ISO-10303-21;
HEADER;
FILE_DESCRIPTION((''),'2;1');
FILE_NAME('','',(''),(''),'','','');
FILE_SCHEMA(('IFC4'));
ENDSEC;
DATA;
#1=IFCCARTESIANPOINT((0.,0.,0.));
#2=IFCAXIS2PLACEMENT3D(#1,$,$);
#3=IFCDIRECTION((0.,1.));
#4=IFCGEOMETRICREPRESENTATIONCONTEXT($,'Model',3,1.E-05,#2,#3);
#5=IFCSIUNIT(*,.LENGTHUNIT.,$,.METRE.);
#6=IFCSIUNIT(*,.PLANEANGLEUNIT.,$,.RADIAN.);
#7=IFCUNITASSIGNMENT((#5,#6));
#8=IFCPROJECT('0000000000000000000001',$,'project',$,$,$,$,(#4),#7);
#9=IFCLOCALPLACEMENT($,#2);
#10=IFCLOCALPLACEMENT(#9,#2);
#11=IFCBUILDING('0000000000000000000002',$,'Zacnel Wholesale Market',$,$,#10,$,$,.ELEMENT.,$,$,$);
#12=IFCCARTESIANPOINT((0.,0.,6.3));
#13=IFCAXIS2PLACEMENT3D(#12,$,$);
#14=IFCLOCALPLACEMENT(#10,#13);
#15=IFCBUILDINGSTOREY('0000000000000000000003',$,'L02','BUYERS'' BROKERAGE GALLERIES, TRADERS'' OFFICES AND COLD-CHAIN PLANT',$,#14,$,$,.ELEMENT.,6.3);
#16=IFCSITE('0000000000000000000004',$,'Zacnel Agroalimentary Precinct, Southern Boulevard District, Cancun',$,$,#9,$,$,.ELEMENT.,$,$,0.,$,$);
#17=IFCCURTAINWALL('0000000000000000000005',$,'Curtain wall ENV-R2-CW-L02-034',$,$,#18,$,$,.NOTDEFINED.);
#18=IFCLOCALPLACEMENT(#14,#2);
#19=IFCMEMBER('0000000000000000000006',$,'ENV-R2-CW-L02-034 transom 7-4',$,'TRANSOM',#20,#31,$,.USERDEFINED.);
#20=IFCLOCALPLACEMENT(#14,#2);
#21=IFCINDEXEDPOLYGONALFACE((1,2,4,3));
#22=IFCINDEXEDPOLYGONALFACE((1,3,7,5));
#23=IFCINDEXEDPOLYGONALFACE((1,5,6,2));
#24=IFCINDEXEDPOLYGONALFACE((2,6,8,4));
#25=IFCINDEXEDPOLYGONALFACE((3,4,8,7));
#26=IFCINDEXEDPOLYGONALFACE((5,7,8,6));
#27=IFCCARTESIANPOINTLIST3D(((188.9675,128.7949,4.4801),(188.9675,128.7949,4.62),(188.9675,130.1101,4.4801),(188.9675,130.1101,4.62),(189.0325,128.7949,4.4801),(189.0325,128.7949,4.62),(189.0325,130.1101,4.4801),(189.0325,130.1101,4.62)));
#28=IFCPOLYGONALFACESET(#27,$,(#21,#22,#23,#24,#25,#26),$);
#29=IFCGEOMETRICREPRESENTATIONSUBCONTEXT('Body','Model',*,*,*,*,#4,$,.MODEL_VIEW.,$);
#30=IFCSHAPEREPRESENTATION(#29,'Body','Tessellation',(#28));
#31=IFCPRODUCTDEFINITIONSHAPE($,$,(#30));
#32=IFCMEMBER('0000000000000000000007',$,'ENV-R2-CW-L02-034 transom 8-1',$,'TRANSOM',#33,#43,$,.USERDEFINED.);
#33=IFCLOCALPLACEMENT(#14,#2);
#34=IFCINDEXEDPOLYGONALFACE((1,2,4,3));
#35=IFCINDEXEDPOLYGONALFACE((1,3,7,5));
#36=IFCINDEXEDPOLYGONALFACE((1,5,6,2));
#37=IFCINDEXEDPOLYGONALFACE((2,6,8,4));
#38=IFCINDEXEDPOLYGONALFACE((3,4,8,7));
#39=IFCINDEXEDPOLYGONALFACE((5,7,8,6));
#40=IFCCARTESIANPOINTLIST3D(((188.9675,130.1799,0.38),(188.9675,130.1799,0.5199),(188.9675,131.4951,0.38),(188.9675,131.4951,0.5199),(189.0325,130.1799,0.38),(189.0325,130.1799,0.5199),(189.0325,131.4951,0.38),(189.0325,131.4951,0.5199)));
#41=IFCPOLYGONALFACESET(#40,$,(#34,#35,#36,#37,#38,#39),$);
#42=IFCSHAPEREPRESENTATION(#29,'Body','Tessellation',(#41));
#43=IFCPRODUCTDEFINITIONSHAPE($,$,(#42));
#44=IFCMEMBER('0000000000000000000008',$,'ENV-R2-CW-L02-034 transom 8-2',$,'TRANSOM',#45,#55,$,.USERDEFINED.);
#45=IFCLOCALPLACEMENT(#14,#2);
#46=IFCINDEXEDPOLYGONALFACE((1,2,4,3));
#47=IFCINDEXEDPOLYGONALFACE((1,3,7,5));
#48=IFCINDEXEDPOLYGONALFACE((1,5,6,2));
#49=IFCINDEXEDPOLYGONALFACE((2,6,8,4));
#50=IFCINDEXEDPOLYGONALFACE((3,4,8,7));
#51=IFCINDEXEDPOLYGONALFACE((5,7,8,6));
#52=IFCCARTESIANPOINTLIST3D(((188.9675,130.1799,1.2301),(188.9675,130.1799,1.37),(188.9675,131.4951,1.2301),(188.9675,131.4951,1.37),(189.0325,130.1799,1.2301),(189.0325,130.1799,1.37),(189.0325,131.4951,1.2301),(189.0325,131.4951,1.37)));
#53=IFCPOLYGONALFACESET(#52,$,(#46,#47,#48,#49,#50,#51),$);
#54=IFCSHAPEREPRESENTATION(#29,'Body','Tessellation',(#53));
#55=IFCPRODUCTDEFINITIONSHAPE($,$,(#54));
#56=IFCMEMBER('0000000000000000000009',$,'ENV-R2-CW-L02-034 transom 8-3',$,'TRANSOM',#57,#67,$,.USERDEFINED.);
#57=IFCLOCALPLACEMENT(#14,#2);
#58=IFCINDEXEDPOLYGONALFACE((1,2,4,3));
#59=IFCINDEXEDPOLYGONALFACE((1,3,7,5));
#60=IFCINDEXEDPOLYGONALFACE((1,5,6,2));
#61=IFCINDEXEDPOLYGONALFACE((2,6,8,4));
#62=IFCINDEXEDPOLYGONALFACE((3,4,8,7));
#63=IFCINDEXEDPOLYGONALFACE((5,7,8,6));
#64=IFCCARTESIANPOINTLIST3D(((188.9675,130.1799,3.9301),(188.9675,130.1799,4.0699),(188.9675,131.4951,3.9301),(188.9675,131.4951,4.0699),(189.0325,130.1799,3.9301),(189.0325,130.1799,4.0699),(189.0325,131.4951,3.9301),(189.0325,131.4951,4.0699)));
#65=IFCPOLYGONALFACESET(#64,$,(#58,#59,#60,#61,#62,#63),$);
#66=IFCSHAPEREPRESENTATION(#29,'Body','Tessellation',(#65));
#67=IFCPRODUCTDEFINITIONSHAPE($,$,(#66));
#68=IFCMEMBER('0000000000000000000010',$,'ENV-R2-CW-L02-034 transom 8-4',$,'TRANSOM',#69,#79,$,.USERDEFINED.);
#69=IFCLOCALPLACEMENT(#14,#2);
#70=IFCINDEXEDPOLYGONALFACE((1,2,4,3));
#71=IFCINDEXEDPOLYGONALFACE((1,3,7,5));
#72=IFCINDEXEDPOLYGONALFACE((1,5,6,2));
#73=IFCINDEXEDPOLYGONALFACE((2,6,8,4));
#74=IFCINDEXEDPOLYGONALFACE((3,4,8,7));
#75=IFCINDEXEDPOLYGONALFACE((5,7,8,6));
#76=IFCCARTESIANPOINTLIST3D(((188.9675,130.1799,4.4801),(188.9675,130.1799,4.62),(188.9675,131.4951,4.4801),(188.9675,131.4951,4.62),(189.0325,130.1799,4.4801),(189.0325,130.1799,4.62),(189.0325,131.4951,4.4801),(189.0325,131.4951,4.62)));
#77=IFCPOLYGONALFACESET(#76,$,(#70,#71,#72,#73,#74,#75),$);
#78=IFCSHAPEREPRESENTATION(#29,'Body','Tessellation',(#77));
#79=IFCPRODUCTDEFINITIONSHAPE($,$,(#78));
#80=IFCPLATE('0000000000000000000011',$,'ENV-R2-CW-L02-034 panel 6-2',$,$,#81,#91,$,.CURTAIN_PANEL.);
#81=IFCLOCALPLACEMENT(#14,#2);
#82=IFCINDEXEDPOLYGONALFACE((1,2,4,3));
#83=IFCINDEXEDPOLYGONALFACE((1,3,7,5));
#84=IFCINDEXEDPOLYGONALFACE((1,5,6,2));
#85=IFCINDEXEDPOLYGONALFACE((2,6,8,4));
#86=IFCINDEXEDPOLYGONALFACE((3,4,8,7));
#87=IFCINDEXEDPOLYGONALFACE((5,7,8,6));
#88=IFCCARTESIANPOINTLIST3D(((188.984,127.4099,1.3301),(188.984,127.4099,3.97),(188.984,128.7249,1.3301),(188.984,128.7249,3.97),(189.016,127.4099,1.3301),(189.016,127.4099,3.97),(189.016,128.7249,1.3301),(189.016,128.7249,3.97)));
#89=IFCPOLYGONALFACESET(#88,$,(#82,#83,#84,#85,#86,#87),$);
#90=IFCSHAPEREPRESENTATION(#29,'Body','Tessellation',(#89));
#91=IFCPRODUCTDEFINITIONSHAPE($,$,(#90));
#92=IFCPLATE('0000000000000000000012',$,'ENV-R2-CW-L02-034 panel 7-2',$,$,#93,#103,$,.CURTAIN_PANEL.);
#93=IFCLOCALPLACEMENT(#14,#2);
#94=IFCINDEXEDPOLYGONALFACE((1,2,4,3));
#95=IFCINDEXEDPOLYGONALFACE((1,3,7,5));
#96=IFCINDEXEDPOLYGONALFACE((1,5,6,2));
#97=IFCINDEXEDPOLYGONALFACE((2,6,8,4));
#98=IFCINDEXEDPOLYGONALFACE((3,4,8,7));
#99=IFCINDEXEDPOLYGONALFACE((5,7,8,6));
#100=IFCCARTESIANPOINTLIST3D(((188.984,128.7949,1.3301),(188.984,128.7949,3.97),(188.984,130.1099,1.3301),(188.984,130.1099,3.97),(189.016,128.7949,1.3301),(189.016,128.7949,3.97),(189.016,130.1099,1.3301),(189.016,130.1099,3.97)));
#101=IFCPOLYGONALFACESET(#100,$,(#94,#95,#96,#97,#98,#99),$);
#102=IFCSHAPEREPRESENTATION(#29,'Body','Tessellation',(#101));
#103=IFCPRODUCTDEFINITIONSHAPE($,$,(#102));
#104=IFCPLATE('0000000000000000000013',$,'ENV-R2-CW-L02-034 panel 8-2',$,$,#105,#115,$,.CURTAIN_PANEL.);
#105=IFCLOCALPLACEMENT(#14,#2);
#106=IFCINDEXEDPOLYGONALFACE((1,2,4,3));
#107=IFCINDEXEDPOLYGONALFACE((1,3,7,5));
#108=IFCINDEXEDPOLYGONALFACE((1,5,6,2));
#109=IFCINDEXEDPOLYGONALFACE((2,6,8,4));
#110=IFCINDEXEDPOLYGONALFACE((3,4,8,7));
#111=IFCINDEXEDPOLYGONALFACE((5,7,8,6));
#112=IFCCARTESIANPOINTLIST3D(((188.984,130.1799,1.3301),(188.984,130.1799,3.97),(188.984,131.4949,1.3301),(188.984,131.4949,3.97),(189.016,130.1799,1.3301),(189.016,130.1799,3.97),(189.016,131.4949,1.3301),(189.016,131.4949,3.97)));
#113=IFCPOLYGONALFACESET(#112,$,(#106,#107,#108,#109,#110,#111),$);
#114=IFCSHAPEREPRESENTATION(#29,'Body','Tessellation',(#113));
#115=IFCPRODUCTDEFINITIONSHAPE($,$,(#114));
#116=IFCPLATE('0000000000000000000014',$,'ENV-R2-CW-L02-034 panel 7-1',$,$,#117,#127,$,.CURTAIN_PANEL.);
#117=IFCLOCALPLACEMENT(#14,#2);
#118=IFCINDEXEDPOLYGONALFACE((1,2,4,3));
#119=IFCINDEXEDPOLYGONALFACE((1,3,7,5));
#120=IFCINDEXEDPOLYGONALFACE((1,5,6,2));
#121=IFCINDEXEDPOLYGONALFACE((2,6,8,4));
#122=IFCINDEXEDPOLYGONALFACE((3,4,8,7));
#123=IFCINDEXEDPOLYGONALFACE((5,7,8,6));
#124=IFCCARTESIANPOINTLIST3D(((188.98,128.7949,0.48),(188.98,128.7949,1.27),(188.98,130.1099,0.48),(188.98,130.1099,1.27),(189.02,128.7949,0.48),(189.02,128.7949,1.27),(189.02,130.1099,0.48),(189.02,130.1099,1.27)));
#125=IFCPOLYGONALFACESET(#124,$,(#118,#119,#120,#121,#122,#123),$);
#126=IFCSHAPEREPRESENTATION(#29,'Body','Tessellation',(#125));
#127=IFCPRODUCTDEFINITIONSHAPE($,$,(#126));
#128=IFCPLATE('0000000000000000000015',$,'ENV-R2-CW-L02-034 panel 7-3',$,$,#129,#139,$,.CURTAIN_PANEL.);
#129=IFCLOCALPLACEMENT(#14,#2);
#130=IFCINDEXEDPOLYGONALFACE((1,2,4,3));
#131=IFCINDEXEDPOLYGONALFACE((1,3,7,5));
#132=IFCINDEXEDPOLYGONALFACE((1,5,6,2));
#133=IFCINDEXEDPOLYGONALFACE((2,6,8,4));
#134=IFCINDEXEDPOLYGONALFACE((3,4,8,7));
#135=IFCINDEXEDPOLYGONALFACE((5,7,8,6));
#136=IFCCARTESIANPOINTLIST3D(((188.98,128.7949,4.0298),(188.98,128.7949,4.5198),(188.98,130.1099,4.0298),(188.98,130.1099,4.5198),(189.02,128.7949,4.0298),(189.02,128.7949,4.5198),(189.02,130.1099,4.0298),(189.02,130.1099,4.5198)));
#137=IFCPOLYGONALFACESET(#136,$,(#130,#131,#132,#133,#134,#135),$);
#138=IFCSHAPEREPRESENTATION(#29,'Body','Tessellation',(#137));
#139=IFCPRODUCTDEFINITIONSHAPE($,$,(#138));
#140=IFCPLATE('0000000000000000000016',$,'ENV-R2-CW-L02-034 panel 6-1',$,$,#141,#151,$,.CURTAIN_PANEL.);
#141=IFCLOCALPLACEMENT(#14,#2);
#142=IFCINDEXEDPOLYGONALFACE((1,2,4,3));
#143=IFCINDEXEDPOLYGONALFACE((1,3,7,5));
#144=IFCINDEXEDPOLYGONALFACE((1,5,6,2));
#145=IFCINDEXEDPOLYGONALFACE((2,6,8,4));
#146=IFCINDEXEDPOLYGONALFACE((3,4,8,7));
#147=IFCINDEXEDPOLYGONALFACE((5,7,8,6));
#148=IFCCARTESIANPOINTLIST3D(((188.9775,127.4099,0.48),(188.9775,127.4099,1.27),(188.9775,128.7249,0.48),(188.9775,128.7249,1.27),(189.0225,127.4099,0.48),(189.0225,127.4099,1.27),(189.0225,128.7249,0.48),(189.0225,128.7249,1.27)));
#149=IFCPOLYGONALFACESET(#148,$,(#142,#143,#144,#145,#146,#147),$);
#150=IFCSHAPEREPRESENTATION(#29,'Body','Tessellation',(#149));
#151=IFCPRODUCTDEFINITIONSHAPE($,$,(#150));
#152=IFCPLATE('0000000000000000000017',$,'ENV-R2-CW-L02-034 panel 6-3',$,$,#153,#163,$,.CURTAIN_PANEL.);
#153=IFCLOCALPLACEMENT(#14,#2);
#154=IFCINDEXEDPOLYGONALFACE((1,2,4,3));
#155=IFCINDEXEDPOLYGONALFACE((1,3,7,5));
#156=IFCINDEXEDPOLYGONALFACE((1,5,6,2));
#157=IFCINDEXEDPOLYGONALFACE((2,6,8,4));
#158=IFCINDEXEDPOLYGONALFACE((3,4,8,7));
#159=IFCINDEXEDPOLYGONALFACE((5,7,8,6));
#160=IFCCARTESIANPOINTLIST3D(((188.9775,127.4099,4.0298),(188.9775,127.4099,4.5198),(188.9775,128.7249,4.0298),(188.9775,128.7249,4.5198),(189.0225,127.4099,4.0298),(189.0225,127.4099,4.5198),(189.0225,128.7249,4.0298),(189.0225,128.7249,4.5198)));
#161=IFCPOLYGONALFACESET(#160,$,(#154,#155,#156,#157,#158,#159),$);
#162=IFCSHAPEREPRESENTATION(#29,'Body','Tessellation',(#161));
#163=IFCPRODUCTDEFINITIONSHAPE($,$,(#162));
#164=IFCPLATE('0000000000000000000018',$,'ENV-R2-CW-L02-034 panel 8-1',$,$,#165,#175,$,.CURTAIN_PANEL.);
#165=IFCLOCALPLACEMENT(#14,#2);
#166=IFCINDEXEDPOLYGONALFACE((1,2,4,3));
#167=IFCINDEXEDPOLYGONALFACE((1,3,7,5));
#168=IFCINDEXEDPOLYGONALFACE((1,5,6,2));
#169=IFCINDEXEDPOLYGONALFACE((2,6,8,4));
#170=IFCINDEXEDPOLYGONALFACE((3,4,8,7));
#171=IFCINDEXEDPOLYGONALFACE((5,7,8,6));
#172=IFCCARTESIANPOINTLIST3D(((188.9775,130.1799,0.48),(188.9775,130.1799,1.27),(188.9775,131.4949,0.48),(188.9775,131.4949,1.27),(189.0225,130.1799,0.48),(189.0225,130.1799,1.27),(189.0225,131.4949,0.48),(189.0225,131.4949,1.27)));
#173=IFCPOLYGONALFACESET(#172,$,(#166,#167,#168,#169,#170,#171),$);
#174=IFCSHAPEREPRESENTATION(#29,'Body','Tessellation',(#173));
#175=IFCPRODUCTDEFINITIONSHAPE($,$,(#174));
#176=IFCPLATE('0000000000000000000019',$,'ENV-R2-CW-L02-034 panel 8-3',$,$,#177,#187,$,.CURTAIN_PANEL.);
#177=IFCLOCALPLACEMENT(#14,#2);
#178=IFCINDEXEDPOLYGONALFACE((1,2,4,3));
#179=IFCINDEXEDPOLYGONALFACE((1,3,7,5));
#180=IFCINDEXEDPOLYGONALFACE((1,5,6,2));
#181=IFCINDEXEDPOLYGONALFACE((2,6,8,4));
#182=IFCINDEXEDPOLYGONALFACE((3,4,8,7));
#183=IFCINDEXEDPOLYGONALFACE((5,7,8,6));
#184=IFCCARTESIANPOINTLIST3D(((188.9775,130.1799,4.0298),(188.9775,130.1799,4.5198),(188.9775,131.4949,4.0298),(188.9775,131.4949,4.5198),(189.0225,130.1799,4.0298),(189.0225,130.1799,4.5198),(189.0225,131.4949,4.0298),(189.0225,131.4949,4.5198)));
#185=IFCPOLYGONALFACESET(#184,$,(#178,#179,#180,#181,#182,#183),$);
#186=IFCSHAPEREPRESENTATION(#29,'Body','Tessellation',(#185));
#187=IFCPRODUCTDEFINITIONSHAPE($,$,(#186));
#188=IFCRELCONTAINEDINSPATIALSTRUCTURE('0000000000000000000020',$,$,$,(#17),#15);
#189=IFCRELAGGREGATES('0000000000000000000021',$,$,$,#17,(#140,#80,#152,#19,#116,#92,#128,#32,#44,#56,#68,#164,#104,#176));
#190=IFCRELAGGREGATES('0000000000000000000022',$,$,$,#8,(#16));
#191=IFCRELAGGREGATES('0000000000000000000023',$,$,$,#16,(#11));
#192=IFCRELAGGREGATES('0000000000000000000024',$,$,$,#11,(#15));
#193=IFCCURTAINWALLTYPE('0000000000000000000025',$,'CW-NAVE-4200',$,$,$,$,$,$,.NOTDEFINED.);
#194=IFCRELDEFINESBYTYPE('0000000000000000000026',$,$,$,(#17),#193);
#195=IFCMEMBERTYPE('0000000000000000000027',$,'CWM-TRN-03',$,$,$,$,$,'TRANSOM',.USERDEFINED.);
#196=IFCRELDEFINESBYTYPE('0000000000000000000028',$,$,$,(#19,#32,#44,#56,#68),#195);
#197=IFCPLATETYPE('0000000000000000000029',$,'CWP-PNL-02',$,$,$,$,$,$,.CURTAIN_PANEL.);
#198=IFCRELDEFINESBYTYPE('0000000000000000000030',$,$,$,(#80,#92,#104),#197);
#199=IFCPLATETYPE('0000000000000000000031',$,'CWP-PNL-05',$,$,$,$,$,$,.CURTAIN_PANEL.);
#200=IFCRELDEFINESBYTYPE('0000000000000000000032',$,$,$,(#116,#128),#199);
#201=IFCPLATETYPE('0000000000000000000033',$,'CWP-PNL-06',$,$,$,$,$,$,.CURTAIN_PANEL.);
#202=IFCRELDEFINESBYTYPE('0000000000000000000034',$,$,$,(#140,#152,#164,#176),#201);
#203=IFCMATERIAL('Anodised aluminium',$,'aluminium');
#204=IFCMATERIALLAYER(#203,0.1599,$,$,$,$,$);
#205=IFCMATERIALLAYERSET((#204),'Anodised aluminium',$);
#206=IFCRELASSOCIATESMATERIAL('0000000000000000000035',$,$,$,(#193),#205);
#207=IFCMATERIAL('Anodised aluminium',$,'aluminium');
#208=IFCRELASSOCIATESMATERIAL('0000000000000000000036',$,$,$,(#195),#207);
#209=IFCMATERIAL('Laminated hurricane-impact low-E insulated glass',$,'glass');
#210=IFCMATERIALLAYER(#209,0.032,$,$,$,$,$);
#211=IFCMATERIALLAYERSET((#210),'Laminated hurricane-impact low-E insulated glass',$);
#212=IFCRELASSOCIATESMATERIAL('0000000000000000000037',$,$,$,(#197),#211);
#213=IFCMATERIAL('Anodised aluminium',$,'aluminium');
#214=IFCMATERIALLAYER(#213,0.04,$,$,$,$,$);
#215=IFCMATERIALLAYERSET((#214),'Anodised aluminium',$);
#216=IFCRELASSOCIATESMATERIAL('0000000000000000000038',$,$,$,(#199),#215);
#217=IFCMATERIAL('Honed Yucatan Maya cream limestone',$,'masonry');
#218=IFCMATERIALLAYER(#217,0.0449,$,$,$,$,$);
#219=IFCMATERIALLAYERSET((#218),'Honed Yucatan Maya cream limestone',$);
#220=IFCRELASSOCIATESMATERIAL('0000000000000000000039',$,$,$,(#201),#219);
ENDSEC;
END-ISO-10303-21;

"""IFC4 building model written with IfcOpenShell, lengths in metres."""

from ifc_helpers import new_model, si_unit, direction, frame, origin, origin_2d, place, context, subcontext, project, spatial, rectangle, extrude, material, layer, layer_set, material_profile, profile_set, type_object, element, aggregate, save


model = new_model("IFC4")

# Units and contexts
model_context = context("Model", 3, precision=1e-05, world=origin(), true_north=direction((0.0, 1.0)))
body_context = subcontext(model_context, "Body", "Model", "MODEL_VIEW")
ifc_project = project(units=[si_unit("LENGTHUNIT", "METRE"), si_unit("PLANEANGLEUNIT", "RADIAN")], contexts=[model_context])

# Site, building, storey
site_placement = place(None, origin())
site = spatial("IfcSite", under=ifc_project, at=site_placement, Name="Zacnel Agroalimentary Precinct, Southern Boulevard District, Cancun", CompositionType="ELEMENT", RefElevation=0.0)
building_placement = place(site_placement, origin())
building = spatial("IfcBuilding", under=site, at=building_placement, Name="Zacnel Wholesale Market", CompositionType="ELEMENT")
storey_placement = place(building_placement, frame((0.0, 0.0, 6.3)))
storey = spatial("IfcBuildingStorey", under=building, at=storey_placement, Name="L02", Description="BUYERS' BROKERAGE GALLERIES, TRADERS' OFFICES AND COLD-CHAIN PLANT", CompositionType="ELEMENT", Elevation=6.3)

# Curtain wall, members, plates
ifc_material_1 = material(Name="Anodised aluminium", Category="aluminium")
ifc_layer_1 = layer(ifc_material_1, 0.1599)
ifc_layer_set_1 = layer_set([ifc_layer_1], Name="Anodised aluminium")
curtain_wall_type = type_object("IfcCurtainWallType", Name="CW-NAVE-4200", PredefinedType="NOTDEFINED", material=ifc_layer_set_1)
curtain_wall_placement = place(storey_placement, origin())
curtain_wall = element("IfcCurtainWall", 1, at=curtain_wall_placement, inside=storey, type_object=curtain_wall_type, Name="Curtain wall ENV-R2-CW-L02-034", PredefinedType="NOTDEFINED")
ifc_material_2 = material(Name="Anodised aluminium", Category="aluminium")
ifc_material_profile_1 = material_profile(ifc_material_2, rectangle(XDim=0.0649, YDim=0.1399, at=origin_2d()), Name="AW-TRANSOM 65x140")
ifc_profile_set_1 = profile_set([ifc_material_profile_1], Name="Anodised aluminium")
member_type_1 = type_object("IfcMemberType", Name="CWM-TRN-03", ElementType="TRANSOM", PredefinedType="USERDEFINED", material=ifc_profile_set_1)
member_1_placement = place(storey_placement, frame((189.0, 128.7949, 4.55), z_axis=(0.0, 1.0, 0.0), x_axis=(-1.0, 0.0, 0.0)))
member_1 = element("IfcMember", 2, at=member_1_placement, type_object=member_type_1, Name="ENV-R2-CW-L02-034 transom 7-4", ObjectType="TRANSOM", PredefinedType="USERDEFINED", context=body_context, shape_type="SweptSolid", body=[
    extrude(rectangle(XDim=0.0649, YDim=0.1399, at=origin_2d()), origin(), (0.0, 0.0, 1.0), 1.3152),
])
member_2_placement = place(storey_placement, frame((189.0, 130.1799, 0.45), z_axis=(0.0, 1.0, 0.0), x_axis=(-1.0, 0.0, 0.0)))
member_2 = element("IfcMember", 3, at=member_2_placement, type_object=member_type_1, Name="ENV-R2-CW-L02-034 transom 8-1", ObjectType="TRANSOM", PredefinedType="USERDEFINED", context=body_context, shape_type="SweptSolid", body=[
    extrude(rectangle(XDim=0.0649, YDim=0.1399, at=origin_2d()), origin(), (0.0, 0.0, 1.0), 1.3152),
])
member_3_placement = place(storey_placement, frame((189.0, 130.1799, 1.3), z_axis=(0.0, 1.0, 0.0), x_axis=(-1.0, 0.0, 0.0)))
member_3 = element("IfcMember", 4, at=member_3_placement, type_object=member_type_1, Name="ENV-R2-CW-L02-034 transom 8-2", ObjectType="TRANSOM", PredefinedType="USERDEFINED", context=body_context, shape_type="SweptSolid", body=[
    extrude(rectangle(XDim=0.0649, YDim=0.1399, at=origin_2d()), origin(), (0.0, 0.0, 1.0), 1.3152),
])
member_4_placement = place(storey_placement, frame((189.0, 130.1799, 4.0), z_axis=(0.0, 1.0, 0.0), x_axis=(-1.0, 0.0, 0.0)))
member_4 = element("IfcMember", 5, at=member_4_placement, type_object=member_type_1, Name="ENV-R2-CW-L02-034 transom 8-3", ObjectType="TRANSOM", PredefinedType="USERDEFINED", context=body_context, shape_type="SweptSolid", body=[
    extrude(rectangle(XDim=0.0649, YDim=0.1399, at=origin_2d()), origin(), (0.0, 0.0, 1.0), 1.3152),
])
member_5_placement = place(storey_placement, frame((189.0, 130.1799, 4.55), z_axis=(0.0, 1.0, 0.0), x_axis=(-1.0, 0.0, 0.0)))
member_5 = element("IfcMember", 6, at=member_5_placement, type_object=member_type_1, Name="ENV-R2-CW-L02-034 transom 8-4", ObjectType="TRANSOM", PredefinedType="USERDEFINED", context=body_context, shape_type="SweptSolid", body=[
    extrude(rectangle(XDim=0.0649, YDim=0.1399, at=origin_2d()), origin(), (0.0, 0.0, 1.0), 1.3152),
])
ifc_material_3 = material(Name="Laminated hurricane-impact low-E insulated glass", Category="glass")
ifc_layer_2 = layer(ifc_material_3, 0.032)
ifc_layer_set_2 = layer_set([ifc_layer_2], Name="Laminated hurricane-impact low-E insulated glass")
plate_type_1 = type_object("IfcPlateType", Name="CWP-PNL-02", PredefinedType="CURTAIN_PANEL", material=ifc_layer_set_2)
plate_1_placement = place(storey_placement, frame((189.0, 128.0674, 1.3301), z_axis=(0.0, 0.0, 1.0), x_axis=(0.0, 1.0, 0.0)))
plate_1 = element("IfcPlate", 7, at=plate_1_placement, type_object=plate_type_1, Name="ENV-R2-CW-L02-034 panel 6-2", PredefinedType="CURTAIN_PANEL", context=body_context, shape_type="SweptSolid", body=[
    extrude(rectangle(XDim=1.3149, YDim=0.032, at=origin_2d()), origin(), (0.0, 0.0, 1.0), 2.6399),
])
plate_2_placement = place(storey_placement, frame((189.0, 129.4524, 1.3301), z_axis=(0.0, 0.0, 1.0), x_axis=(0.0, 1.0, 0.0)))
plate_2 = element("IfcPlate", 8, at=plate_2_placement, type_object=plate_type_1, Name="ENV-R2-CW-L02-034 panel 7-2", PredefinedType="CURTAIN_PANEL", context=body_context, shape_type="SweptSolid", body=[
    extrude(rectangle(XDim=1.3149, YDim=0.032, at=origin_2d()), origin(), (0.0, 0.0, 1.0), 2.6399),
])
plate_3_placement = place(storey_placement, frame((189.0, 130.8374, 1.3301), z_axis=(0.0, 0.0, 1.0), x_axis=(0.0, 1.0, 0.0)))
plate_3 = element("IfcPlate", 9, at=plate_3_placement, type_object=plate_type_1, Name="ENV-R2-CW-L02-034 panel 8-2", PredefinedType="CURTAIN_PANEL", context=body_context, shape_type="SweptSolid", body=[
    extrude(rectangle(XDim=1.3149, YDim=0.032, at=origin_2d()), origin(), (0.0, 0.0, 1.0), 2.6399),
])
ifc_material_4 = material(Name="Anodised aluminium", Category="aluminium")
ifc_layer_3 = layer(ifc_material_4, 0.04)
ifc_layer_set_3 = layer_set([ifc_layer_3], Name="Anodised aluminium")
plate_type_2 = type_object("IfcPlateType", Name="CWP-PNL-05", PredefinedType="CURTAIN_PANEL", material=ifc_layer_set_3)
plate_4_placement = place(storey_placement, frame((189.0, 129.4524, 0.48), z_axis=(0.0, 0.0, 1.0), x_axis=(0.0, 1.0, 0.0)))
plate_4 = element("IfcPlate", 10, at=plate_4_placement, type_object=plate_type_2, Name="ENV-R2-CW-L02-034 panel 7-1", PredefinedType="CURTAIN_PANEL", context=body_context, shape_type="SweptSolid", body=[
    extrude(rectangle(XDim=1.3149, YDim=0.04, at=origin_2d()), origin(), (0.0, 0.0, 1.0), 0.79),
])
plate_5_placement = place(storey_placement, frame((189.0, 129.4524, 4.0298), z_axis=(0.0, 0.0, 1.0), x_axis=(0.0, 1.0, 0.0)))
plate_5 = element("IfcPlate", 11, at=plate_5_placement, type_object=plate_type_2, Name="ENV-R2-CW-L02-034 panel 7-3", PredefinedType="CURTAIN_PANEL", context=body_context, shape_type="SweptSolid", body=[
    extrude(rectangle(XDim=1.3149, YDim=0.04, at=origin_2d()), origin(), (0.0, 0.0, 1.0), 0.49),
])
ifc_material_5 = material(Name="Honed Yucatan Maya cream limestone", Category="masonry")
ifc_layer_4 = layer(ifc_material_5, 0.0449)
ifc_layer_set_4 = layer_set([ifc_layer_4], Name="Honed Yucatan Maya cream limestone")
plate_type_3 = type_object("IfcPlateType", Name="CWP-PNL-06", PredefinedType="CURTAIN_PANEL", material=ifc_layer_set_4)
plate_6_placement = place(storey_placement, frame((189.0, 128.0674, 0.48), z_axis=(0.0, 0.0, 1.0), x_axis=(0.0, 1.0, 0.0)))
plate_6 = element("IfcPlate", 12, at=plate_6_placement, type_object=plate_type_3, Name="ENV-R2-CW-L02-034 panel 6-1", PredefinedType="CURTAIN_PANEL", context=body_context, shape_type="SweptSolid", body=[
    extrude(rectangle(XDim=1.3149, YDim=0.0449, at=origin_2d()), origin(), (0.0, 0.0, 1.0), 0.79),
])
plate_7_placement = place(storey_placement, frame((189.0, 128.0674, 4.0298), z_axis=(0.0, 0.0, 1.0), x_axis=(0.0, 1.0, 0.0)))
plate_7 = element("IfcPlate", 13, at=plate_7_placement, type_object=plate_type_3, Name="ENV-R2-CW-L02-034 panel 6-3", PredefinedType="CURTAIN_PANEL", context=body_context, shape_type="SweptSolid", body=[
    extrude(rectangle(XDim=1.3149, YDim=0.0449, at=origin_2d()), origin(), (0.0, 0.0, 1.0), 0.49),
])
plate_8_placement = place(storey_placement, frame((189.0, 130.8374, 0.48), z_axis=(0.0, 0.0, 1.0), x_axis=(0.0, 1.0, 0.0)))
plate_8 = element("IfcPlate", 14, at=plate_8_placement, type_object=plate_type_3, Name="ENV-R2-CW-L02-034 panel 8-1", PredefinedType="CURTAIN_PANEL", context=body_context, shape_type="SweptSolid", body=[
    extrude(rectangle(XDim=1.3149, YDim=0.0449, at=origin_2d()), origin(), (0.0, 0.0, 1.0), 0.79),
])
plate_9_placement = place(storey_placement, frame((189.0, 130.8374, 4.0298), z_axis=(0.0, 0.0, 1.0), x_axis=(0.0, 1.0, 0.0)))
plate_9 = element("IfcPlate", 15, at=plate_9_placement, type_object=plate_type_3, Name="ENV-R2-CW-L02-034 panel 8-3", PredefinedType="CURTAIN_PANEL", context=body_context, shape_type="SweptSolid", body=[
    extrude(rectangle(XDim=1.3149, YDim=0.0449, at=origin_2d()), origin(), (0.0, 0.0, 1.0), 0.49),
])
aggregate(curtain_wall, [plate_6, plate_1, plate_7, member_1, plate_4, plate_2, plate_5, member_2, member_3, member_4, member_5, plate_8, plate_3, plate_9])

save(model, "model.ifc")
